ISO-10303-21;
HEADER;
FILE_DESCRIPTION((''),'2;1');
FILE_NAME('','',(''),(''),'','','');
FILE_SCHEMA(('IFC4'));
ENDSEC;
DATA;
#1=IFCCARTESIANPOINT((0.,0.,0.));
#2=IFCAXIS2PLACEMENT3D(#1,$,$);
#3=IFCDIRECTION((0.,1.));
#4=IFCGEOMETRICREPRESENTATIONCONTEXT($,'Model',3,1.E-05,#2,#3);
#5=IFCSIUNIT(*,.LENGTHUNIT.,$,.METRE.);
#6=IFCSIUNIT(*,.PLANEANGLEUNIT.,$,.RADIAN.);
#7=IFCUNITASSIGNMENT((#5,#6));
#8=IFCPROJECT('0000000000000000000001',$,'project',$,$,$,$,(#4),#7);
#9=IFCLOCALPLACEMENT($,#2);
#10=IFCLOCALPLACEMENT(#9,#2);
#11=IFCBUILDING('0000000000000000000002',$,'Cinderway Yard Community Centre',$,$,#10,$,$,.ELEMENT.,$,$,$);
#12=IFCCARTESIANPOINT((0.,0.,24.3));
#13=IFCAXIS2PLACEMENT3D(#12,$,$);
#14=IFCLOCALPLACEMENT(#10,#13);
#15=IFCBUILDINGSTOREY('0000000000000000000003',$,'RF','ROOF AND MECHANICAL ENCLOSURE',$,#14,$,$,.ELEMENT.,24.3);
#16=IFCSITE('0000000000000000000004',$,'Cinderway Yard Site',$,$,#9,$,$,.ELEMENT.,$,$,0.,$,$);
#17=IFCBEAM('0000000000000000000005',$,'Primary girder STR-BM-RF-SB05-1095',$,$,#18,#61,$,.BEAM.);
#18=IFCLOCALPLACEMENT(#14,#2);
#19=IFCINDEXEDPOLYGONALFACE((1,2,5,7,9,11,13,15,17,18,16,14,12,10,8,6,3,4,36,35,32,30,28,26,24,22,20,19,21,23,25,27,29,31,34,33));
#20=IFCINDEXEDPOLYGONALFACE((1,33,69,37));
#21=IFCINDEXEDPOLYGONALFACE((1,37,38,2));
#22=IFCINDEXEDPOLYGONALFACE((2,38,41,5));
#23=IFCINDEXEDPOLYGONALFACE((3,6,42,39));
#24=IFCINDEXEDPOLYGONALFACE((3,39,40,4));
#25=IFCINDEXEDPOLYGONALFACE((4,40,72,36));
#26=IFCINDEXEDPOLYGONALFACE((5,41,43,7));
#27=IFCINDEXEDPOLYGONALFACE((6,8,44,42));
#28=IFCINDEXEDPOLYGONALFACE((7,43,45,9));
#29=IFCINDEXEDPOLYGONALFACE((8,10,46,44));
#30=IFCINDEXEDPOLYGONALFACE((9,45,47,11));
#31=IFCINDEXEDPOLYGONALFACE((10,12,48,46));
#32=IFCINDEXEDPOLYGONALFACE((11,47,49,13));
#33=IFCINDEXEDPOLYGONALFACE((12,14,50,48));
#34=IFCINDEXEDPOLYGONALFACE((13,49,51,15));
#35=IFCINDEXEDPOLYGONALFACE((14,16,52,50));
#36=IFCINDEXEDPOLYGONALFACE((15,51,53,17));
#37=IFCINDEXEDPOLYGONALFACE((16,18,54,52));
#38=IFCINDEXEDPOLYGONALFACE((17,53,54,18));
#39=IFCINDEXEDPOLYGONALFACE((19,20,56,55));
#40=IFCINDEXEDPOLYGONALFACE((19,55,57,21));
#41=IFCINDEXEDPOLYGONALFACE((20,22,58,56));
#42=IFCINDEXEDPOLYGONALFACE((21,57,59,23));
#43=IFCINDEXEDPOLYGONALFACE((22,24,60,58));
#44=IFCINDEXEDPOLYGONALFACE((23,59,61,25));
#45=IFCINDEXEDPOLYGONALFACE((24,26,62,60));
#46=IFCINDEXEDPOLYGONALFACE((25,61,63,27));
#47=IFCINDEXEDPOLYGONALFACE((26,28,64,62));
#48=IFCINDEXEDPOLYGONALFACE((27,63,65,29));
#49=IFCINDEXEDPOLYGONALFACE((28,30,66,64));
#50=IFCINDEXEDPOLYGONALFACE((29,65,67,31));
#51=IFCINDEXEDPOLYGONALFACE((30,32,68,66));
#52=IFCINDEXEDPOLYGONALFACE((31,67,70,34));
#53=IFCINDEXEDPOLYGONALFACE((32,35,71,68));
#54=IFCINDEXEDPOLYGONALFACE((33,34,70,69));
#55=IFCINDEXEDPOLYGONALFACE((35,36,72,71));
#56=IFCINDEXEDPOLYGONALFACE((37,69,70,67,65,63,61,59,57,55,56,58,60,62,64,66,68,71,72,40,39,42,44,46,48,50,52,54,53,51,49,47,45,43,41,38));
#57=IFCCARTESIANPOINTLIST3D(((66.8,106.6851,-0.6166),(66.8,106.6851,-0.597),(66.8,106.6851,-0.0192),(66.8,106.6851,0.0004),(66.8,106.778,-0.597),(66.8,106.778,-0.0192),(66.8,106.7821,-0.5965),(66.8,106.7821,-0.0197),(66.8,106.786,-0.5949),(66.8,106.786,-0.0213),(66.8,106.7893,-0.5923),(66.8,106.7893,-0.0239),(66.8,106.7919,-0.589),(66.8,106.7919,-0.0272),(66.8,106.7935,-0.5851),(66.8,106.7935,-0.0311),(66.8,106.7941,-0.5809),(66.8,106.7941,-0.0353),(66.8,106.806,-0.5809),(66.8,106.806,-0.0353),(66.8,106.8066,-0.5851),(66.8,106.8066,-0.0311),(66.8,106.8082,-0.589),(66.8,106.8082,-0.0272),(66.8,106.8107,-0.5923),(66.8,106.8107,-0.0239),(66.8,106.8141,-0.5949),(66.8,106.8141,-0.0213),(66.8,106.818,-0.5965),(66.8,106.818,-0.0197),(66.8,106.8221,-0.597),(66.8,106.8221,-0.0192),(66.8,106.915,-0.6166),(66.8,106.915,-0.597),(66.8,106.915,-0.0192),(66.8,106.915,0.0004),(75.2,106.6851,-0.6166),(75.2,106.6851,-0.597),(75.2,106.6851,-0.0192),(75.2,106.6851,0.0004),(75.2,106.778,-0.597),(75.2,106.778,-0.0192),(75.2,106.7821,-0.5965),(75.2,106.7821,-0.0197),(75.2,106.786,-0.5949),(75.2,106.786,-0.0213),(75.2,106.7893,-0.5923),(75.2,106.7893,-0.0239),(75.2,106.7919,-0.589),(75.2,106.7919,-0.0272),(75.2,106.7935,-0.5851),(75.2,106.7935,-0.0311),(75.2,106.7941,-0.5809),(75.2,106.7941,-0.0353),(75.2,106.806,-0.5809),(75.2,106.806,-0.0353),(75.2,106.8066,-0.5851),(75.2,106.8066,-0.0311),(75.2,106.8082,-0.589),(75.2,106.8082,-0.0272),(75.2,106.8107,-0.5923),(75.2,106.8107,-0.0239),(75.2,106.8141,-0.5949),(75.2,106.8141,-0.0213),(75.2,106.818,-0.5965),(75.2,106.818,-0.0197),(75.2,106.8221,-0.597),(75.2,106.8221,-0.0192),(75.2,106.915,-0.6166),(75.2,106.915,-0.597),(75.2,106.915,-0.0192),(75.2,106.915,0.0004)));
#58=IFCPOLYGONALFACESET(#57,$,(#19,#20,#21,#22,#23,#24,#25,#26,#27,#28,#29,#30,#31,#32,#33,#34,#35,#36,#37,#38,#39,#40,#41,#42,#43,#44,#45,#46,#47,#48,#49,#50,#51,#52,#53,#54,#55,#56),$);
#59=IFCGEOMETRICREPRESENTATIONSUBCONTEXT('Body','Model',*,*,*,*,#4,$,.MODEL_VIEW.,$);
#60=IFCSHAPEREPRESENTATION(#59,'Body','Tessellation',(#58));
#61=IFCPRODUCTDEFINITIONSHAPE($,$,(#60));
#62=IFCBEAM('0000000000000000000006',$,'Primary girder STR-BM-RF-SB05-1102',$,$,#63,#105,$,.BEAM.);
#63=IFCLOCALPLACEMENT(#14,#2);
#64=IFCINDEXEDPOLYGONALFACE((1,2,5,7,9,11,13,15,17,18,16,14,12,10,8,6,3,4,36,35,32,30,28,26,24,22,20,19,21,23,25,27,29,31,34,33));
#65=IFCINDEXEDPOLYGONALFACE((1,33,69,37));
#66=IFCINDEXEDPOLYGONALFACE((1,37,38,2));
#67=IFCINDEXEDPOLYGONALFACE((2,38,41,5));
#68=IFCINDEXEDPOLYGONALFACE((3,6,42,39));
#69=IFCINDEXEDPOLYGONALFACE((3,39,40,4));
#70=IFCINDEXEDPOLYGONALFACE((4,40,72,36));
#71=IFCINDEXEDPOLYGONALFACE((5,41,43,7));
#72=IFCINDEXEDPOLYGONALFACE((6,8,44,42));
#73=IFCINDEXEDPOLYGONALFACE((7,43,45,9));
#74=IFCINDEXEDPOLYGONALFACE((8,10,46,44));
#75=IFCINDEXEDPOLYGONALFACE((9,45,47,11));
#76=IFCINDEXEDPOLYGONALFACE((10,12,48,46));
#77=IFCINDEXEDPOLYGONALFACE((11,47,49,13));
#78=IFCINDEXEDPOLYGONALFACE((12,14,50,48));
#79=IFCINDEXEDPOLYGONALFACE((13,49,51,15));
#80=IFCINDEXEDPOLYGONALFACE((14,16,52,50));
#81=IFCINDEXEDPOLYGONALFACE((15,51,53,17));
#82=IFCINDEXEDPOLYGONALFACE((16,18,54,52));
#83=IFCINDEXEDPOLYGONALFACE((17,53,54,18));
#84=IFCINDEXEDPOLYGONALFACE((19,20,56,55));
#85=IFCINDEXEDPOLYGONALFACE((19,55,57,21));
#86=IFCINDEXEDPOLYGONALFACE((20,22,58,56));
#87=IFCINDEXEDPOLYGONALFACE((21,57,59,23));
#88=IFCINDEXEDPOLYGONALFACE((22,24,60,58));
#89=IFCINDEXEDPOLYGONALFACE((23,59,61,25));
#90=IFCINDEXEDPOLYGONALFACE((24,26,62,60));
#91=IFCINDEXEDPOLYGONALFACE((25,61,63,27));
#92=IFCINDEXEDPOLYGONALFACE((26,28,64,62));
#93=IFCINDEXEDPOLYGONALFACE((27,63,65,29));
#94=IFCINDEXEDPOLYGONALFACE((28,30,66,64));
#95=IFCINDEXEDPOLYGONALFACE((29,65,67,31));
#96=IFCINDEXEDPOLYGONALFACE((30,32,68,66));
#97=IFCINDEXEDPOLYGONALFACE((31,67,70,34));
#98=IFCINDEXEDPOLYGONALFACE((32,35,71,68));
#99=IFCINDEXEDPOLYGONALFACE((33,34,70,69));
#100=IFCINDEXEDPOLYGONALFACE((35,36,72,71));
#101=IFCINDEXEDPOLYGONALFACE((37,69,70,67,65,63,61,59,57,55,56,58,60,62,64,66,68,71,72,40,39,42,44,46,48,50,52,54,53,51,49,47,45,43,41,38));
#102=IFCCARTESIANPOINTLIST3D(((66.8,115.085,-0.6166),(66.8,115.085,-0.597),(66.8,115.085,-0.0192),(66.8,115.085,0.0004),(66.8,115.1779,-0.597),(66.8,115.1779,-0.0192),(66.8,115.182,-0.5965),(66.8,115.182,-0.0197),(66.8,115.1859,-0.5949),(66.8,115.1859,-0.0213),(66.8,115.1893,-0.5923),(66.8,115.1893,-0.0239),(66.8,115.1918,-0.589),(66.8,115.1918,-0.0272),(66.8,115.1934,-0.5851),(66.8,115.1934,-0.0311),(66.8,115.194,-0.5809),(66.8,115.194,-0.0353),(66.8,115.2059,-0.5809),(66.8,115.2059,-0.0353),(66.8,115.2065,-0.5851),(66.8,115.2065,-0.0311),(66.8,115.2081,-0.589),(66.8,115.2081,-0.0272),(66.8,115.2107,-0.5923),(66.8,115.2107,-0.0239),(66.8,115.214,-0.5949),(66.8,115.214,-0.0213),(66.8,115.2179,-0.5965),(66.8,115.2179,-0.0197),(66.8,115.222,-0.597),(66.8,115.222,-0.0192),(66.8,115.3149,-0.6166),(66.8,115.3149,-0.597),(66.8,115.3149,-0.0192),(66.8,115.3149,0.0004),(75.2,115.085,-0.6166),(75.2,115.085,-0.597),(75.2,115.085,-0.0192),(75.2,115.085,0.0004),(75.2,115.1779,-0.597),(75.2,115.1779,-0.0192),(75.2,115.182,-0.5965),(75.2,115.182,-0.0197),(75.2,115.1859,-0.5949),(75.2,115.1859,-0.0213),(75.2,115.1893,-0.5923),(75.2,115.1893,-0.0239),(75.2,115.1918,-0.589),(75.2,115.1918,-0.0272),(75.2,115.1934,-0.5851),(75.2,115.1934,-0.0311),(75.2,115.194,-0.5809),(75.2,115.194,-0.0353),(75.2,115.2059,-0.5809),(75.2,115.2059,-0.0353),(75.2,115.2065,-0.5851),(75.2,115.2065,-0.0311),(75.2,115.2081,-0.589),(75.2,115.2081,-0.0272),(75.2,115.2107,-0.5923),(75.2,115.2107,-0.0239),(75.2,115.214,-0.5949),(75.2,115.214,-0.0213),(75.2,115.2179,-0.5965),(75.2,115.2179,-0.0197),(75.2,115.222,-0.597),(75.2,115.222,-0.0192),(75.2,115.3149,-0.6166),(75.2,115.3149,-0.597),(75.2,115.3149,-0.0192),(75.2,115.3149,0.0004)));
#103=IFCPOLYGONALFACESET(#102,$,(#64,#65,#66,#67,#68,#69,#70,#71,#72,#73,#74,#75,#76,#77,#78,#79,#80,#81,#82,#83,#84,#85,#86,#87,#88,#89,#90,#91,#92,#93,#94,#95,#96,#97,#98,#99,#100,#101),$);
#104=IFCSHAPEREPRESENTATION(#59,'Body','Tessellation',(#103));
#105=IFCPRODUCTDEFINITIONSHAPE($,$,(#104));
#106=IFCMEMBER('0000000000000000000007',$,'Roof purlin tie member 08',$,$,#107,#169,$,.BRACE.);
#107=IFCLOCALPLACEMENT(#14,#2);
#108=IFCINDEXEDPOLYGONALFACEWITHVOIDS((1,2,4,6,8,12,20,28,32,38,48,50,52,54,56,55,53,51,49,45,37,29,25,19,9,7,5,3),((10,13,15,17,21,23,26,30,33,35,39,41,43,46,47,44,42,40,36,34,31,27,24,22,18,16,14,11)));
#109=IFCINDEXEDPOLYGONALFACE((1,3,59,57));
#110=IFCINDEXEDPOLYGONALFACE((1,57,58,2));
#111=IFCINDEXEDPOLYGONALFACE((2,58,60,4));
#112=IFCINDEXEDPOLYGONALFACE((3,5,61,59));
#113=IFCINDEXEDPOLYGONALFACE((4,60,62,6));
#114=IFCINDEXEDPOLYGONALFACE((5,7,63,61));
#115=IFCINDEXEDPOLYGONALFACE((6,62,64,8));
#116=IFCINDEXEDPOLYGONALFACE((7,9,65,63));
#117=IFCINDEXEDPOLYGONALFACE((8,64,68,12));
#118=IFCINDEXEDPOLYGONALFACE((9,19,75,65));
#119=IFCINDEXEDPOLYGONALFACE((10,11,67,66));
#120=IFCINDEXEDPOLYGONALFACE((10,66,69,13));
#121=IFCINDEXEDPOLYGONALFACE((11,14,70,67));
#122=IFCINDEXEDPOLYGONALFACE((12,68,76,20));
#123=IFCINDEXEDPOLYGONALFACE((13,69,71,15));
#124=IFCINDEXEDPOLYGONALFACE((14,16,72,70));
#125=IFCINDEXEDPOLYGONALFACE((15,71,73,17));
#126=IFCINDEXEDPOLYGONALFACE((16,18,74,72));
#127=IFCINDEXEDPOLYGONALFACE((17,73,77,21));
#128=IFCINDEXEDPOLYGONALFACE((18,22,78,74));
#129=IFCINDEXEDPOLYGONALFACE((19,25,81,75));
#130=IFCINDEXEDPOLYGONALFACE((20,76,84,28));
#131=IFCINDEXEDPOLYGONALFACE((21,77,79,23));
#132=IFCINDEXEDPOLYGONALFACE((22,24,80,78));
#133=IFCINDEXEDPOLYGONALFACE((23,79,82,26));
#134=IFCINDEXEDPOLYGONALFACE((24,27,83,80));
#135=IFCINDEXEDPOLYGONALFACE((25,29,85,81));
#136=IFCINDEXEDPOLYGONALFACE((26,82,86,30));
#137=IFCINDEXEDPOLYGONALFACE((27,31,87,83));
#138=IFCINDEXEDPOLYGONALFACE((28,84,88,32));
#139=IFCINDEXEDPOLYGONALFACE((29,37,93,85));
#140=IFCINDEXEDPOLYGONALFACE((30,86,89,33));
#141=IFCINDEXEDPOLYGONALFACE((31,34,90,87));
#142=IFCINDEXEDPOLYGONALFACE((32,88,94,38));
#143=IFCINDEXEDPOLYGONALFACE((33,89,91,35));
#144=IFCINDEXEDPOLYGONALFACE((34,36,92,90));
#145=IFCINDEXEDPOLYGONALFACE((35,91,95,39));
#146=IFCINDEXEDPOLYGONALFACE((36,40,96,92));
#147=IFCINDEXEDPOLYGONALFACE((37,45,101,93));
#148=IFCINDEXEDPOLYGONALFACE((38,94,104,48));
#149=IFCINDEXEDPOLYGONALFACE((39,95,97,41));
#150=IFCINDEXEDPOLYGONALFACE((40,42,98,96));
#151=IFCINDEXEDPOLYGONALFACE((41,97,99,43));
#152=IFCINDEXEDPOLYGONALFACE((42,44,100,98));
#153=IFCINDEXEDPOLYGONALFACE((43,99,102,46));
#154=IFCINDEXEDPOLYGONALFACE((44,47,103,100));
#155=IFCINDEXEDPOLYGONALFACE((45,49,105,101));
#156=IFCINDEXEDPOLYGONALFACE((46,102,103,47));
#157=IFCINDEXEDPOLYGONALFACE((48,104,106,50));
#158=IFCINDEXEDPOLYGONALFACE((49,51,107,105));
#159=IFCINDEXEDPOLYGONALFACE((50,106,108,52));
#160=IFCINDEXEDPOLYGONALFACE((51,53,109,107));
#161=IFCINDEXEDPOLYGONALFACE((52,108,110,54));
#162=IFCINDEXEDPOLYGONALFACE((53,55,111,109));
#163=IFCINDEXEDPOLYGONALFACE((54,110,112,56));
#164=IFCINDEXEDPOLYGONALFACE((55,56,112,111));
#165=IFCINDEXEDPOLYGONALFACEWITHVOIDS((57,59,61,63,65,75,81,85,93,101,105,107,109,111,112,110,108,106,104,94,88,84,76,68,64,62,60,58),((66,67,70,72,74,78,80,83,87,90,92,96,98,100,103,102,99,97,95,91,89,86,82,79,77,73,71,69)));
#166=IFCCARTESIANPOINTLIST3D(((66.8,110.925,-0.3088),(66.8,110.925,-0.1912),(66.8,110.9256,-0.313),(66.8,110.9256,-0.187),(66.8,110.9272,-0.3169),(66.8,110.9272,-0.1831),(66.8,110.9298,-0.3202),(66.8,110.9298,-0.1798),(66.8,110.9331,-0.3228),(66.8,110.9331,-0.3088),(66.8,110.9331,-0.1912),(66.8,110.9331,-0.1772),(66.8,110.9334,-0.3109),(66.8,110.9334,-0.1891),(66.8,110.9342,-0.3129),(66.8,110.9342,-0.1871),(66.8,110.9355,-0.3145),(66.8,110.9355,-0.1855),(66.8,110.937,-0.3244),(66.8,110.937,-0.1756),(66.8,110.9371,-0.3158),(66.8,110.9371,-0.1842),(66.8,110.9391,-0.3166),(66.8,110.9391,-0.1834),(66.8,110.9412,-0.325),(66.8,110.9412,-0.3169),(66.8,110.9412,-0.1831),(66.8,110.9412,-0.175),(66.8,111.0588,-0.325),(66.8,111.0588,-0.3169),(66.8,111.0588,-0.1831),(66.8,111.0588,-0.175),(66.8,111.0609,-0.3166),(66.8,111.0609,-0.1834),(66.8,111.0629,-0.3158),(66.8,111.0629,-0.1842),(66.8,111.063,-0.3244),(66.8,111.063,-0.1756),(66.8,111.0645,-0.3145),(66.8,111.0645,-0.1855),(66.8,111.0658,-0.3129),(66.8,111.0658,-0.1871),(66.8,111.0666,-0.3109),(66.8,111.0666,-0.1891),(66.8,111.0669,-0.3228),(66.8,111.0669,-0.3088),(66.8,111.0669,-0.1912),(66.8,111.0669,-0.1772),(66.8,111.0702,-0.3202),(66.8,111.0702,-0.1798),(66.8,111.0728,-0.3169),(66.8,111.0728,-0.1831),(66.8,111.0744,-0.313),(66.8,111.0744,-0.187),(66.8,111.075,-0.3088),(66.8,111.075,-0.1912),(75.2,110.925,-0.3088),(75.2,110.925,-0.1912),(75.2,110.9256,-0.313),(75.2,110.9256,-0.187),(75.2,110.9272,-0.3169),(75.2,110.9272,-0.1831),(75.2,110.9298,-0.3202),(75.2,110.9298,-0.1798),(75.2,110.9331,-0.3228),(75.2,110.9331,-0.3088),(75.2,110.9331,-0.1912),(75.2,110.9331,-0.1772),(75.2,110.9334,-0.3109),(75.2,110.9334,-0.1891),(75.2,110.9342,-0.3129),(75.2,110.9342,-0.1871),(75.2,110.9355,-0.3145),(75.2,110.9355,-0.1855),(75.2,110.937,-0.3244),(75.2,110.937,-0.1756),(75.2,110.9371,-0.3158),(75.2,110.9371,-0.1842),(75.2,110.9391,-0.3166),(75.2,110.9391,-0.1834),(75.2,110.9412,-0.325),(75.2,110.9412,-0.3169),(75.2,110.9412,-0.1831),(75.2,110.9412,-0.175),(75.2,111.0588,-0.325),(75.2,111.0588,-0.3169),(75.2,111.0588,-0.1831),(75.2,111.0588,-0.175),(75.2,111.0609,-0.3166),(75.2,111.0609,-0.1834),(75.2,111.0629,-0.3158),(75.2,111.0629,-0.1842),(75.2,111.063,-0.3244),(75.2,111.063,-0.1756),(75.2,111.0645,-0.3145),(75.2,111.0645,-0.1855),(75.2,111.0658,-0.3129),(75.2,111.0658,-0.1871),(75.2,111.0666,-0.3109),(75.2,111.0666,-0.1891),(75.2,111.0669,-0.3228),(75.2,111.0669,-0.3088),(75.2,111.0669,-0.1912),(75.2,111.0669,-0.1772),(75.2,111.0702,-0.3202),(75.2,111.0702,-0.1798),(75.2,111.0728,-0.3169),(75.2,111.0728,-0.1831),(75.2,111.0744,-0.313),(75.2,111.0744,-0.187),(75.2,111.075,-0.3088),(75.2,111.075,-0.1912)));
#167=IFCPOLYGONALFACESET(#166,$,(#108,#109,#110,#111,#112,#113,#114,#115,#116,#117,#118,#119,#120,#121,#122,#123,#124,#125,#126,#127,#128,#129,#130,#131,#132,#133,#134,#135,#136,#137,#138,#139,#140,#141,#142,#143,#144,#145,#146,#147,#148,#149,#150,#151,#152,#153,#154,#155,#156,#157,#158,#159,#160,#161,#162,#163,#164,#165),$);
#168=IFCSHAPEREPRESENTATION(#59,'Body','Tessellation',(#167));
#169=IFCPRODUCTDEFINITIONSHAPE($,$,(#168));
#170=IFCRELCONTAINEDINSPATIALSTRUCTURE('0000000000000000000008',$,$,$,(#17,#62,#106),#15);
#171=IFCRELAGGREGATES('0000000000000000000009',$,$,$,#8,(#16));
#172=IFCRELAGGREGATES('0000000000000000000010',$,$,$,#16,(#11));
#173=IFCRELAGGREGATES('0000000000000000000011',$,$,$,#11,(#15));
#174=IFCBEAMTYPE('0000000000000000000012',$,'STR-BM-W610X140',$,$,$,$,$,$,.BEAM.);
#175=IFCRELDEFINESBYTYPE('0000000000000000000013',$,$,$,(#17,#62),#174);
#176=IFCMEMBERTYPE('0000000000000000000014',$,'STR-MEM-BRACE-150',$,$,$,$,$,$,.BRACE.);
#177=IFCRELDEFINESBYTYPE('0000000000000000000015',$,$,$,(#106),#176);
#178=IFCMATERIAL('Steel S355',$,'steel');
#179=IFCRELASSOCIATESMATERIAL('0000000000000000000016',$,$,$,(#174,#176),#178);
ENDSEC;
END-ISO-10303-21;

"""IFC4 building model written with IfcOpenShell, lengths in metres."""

from ifc_helpers import new_model, si_unit, direction, frame, origin, origin_2d, place, context, subcontext, project, spatial, hollow_rectangle, i_section, extrude, material, material_profile, profile_set, type_object, element, save


model = new_model("IFC4")

# Units and contexts
model_context = context("Model", 3, precision=1e-05, world=origin(), true_north=direction((0.0, 1.0)))
body_context = subcontext(model_context, "Body", "Model", "MODEL_VIEW")
ifc_project = project(units=[si_unit("LENGTHUNIT", "METRE"), si_unit("PLANEANGLEUNIT", "RADIAN")], contexts=[model_context])

# Site, building, storey
site_placement = place(None, origin())
site = spatial("IfcSite", under=ifc_project, at=site_placement, Name="Cinderway Yard Site", CompositionType="ELEMENT", RefElevation=0.0)
building_placement = place(site_placement, origin())
building = spatial("IfcBuilding", under=site, at=building_placement, Name="Cinderway Yard Community Centre", CompositionType="ELEMENT")
storey_placement = place(building_placement, frame((0.0, 0.0, 24.3)))
storey = spatial("IfcBuildingStorey", under=building, at=storey_placement, Name="RF", Description="ROOF AND MECHANICAL ENCLOSURE", CompositionType="ELEMENT", Elevation=24.3)

# Shared definitions
ifc_material_1 = material(Name="Steel S355", Category="steel")

# Beams
ifc_material_profile_1 = material_profile(ifc_material_1, i_section(OverallWidth=0.23, OverallDepth=0.6169, WebThickness=0.012, FlangeThickness=0.0195, FilletRadius=0.0161, at=origin_2d()), Name="Steel S355")
ifc_profile_set_1 = profile_set([ifc_material_profile_1], Name="Steel S355")
beam_type_1 = type_object("IfcBeamType", Name="STR-BM-W610X140", PredefinedType="BEAM", material=ifc_profile_set_1)
for number, where, z_axis, x_axis, name in (
    (1, (66.8, 106.8, -0.3081), (1.0, 0.0, 0.0), (0.0, 1.0, 0.0), "Primary girder STR-BM-RF-SB05-1095"),
    (2, (66.8, 115.2, -0.3081), (1.0, 0.0, 0.0), (0.0, 1.0, 0.0), "Primary girder STR-BM-RF-SB05-1102"),
):
    element("IfcBeam", number, at=place(storey_placement, frame(where, z_axis=z_axis, x_axis=x_axis)), inside=storey, type_object=beam_type_1, Name=name, PredefinedType="BEAM", context=body_context, shape_type="SweptSolid", body=[
        extrude(i_section(OverallWidth=0.23, OverallDepth=0.6169, WebThickness=0.012, FlangeThickness=0.0195, FilletRadius=0.0161, at=origin_2d()), origin(), (0.0, 0.0, 1.0), 8.3999),
    ])

# Member
ifc_material_profile_2 = material_profile(ifc_material_1, hollow_rectangle(XDim=0.1499, YDim=0.1499, WallThickness=0.0081, InnerFilletRadius=0.0081, OuterFilletRadius=0.0161, at=origin_2d()), Name="Steel S355")
ifc_profile_set_2 = profile_set([ifc_material_profile_2], Name="Steel S355")
member_type_1 = type_object("IfcMemberType", Name="STR-MEM-BRACE-150", PredefinedType="BRACE", material=ifc_profile_set_2)
member_1_placement = place(storey_placement, frame((66.8, 111.0, -0.25), z_axis=(1.0, 0.0, 0.0), x_axis=(0.0, 1.0, 0.0)))
element("IfcMember", 3, at=member_1_placement, inside=storey, type_object=member_type_1, Name="Roof purlin tie member 08", PredefinedType="BRACE", context=body_context, shape_type="SweptSolid", body=[
    extrude(hollow_rectangle(XDim=0.1499, YDim=0.1499, WallThickness=0.0081, InnerFilletRadius=0.0081, OuterFilletRadius=0.0161, at=origin_2d()), origin(), (0.0, 0.0, 1.0), 8.3999),
])

save(model, "model.ifc")
